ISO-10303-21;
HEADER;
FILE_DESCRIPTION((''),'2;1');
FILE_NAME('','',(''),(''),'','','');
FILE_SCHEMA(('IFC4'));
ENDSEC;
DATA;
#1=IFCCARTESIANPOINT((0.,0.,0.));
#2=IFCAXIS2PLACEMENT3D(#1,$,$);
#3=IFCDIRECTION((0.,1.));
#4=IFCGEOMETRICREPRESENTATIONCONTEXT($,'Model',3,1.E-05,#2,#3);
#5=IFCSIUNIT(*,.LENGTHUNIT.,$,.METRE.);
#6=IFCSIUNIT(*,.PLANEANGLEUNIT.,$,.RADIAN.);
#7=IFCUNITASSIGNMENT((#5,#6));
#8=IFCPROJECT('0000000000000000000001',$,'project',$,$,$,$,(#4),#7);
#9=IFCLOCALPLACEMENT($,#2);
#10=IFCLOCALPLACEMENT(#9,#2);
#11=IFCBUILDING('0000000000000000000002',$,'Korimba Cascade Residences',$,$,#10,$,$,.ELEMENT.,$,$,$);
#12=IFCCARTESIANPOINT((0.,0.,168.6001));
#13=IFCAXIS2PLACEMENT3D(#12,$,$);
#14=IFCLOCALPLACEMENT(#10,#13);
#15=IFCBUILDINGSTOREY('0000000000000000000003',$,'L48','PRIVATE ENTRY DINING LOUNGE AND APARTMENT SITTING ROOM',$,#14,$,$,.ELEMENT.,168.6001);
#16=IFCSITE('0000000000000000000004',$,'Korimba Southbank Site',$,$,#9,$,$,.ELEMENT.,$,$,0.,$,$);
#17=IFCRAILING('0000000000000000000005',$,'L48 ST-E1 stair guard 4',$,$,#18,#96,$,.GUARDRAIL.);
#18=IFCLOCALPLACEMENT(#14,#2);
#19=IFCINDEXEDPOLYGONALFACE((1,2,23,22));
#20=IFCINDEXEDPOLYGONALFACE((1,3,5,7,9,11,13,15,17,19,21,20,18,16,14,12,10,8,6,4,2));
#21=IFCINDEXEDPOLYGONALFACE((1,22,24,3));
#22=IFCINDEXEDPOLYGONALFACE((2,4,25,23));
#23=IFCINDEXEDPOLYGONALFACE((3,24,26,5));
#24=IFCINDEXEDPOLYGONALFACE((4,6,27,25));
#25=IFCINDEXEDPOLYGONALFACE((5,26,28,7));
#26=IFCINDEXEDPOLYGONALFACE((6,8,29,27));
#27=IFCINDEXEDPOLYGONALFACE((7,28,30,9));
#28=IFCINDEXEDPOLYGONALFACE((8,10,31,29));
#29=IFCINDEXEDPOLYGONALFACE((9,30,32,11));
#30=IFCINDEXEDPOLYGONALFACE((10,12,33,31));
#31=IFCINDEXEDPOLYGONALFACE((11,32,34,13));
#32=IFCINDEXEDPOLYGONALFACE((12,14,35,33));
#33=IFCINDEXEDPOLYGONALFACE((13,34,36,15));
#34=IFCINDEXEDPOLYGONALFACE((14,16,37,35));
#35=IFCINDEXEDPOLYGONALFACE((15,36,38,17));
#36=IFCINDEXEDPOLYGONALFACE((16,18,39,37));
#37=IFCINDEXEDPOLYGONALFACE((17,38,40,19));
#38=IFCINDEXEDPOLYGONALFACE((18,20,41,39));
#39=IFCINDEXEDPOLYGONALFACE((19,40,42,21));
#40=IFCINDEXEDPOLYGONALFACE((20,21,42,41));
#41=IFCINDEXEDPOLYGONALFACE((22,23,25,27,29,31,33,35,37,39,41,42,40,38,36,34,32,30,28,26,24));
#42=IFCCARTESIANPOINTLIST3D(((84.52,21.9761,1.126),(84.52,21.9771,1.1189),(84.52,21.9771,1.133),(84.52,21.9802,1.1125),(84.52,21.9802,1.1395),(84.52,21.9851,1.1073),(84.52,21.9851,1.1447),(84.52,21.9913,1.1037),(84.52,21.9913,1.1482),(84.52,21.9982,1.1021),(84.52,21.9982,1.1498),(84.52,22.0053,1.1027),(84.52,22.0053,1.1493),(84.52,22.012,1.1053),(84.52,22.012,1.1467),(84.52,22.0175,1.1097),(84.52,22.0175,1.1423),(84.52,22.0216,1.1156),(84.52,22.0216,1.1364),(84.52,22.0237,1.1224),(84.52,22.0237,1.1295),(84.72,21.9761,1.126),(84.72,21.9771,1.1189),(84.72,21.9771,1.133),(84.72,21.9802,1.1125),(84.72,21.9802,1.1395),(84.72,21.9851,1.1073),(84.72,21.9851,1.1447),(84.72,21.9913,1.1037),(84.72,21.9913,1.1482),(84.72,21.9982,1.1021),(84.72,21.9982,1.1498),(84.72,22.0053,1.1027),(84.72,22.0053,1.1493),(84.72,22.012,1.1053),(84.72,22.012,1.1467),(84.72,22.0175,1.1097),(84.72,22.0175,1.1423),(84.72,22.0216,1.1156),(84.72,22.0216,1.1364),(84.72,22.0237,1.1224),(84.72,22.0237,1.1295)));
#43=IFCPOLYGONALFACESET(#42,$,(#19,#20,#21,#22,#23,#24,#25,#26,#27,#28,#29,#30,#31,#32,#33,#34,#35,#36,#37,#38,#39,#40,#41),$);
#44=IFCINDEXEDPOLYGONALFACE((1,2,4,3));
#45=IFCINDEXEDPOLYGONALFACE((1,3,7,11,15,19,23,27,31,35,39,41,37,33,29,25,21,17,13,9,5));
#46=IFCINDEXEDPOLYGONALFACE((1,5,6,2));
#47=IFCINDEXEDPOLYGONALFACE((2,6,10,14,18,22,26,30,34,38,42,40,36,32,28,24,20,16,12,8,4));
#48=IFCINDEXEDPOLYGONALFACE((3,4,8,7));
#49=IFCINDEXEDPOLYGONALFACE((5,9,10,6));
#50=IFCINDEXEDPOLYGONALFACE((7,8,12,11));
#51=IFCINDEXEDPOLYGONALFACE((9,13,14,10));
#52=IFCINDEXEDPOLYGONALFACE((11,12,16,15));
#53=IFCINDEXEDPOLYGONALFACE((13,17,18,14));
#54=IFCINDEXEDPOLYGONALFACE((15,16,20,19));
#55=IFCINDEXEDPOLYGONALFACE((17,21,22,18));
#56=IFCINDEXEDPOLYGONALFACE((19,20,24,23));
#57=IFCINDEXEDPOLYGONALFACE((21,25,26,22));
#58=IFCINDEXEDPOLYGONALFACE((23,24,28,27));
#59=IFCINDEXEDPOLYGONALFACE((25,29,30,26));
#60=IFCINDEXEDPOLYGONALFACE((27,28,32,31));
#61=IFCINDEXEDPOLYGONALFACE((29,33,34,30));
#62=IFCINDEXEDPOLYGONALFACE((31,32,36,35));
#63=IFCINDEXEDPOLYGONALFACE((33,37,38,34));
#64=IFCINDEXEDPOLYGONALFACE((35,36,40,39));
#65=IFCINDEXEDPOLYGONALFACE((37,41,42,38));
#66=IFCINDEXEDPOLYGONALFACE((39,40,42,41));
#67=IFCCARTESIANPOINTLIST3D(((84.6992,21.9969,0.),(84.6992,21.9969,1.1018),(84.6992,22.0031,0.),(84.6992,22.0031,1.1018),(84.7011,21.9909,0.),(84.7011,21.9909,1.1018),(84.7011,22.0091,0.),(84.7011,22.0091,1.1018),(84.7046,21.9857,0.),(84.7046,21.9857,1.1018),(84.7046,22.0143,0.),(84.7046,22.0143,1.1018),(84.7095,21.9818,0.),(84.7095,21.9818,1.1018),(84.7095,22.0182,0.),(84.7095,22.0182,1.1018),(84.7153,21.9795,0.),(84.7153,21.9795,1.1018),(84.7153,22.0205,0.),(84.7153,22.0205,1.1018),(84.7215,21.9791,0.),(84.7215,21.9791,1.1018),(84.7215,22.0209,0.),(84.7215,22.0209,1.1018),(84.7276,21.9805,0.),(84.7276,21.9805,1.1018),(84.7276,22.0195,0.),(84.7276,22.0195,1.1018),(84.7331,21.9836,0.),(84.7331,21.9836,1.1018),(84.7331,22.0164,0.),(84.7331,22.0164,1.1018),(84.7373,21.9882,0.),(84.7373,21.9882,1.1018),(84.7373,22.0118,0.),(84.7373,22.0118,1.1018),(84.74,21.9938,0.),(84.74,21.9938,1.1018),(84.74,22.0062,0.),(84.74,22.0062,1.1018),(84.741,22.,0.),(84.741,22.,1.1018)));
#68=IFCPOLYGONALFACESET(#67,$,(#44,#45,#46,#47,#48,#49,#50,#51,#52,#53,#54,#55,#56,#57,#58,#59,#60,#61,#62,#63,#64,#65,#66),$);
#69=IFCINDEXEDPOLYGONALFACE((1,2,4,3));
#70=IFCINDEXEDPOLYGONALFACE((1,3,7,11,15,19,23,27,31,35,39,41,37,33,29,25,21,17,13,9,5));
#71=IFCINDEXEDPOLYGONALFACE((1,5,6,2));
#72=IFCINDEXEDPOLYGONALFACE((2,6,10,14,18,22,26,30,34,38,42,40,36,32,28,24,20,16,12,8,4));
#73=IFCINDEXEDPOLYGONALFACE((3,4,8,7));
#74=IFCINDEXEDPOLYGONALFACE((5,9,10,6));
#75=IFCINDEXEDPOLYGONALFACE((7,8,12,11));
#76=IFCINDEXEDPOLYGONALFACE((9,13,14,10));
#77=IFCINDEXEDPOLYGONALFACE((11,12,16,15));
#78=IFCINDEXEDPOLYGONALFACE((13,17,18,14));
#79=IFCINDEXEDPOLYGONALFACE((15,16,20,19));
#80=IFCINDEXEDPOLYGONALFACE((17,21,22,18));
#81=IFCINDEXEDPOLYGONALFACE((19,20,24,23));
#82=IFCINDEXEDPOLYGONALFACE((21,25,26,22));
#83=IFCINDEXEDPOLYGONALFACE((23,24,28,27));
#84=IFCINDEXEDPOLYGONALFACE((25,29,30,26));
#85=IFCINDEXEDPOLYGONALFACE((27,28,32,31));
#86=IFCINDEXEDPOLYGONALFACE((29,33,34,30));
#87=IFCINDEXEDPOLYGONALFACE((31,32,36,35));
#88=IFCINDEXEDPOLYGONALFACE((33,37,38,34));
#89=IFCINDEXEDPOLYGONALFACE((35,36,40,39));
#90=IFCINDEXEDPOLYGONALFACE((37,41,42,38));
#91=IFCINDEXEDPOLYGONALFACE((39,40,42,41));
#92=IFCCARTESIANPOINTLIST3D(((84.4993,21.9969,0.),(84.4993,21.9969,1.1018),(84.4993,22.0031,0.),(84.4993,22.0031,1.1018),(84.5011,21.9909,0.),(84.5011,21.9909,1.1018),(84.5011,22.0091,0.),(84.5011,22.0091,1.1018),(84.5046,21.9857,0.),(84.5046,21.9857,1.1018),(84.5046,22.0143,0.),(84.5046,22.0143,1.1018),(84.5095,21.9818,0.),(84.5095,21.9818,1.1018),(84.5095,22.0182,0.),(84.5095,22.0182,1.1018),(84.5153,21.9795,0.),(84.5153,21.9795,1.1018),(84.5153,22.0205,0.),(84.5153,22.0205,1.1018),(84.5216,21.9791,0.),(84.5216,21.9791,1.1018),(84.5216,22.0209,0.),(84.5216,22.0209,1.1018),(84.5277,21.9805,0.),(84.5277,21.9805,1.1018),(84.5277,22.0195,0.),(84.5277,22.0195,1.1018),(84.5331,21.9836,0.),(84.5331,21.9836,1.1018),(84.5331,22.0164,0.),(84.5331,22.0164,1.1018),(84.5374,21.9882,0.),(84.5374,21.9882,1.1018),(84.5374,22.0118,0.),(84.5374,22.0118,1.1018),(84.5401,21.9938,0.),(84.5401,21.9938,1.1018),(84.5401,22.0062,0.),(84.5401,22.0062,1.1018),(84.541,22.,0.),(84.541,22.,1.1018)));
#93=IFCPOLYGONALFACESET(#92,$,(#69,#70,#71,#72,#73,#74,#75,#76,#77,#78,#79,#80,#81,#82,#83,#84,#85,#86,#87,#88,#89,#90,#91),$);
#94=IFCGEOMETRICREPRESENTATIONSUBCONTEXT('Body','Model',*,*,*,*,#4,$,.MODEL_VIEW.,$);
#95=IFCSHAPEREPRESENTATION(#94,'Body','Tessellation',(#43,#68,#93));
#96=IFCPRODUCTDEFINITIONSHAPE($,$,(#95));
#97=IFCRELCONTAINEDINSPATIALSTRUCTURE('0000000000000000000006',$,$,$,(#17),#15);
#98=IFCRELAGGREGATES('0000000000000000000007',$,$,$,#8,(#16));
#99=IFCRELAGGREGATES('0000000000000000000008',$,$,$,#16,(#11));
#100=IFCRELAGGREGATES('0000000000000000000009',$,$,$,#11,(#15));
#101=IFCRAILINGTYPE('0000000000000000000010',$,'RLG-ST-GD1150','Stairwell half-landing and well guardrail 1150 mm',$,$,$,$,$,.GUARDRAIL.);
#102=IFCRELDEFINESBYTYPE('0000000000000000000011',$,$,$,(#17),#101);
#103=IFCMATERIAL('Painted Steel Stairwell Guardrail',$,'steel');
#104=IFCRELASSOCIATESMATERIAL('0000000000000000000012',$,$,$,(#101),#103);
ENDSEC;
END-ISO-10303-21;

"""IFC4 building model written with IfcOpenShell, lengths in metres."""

from ifc_helpers import new_model, si_unit, direction, frame, origin, origin_2d, place, context, subcontext, project, spatial, circle, extrude, material, type_object, element, save


model = new_model("IFC4")

# Units and contexts
model_context = context("Model", 3, precision=1e-05, world=origin(), true_north=direction((0.0, 1.0)))
body_context = subcontext(model_context, "Body", "Model", "MODEL_VIEW")
ifc_project = project(units=[si_unit("LENGTHUNIT", "METRE"), si_unit("PLANEANGLEUNIT", "RADIAN")], contexts=[model_context])

# Site, building, storey
site_placement = place(None, origin())
site = spatial("IfcSite", under=ifc_project, at=site_placement, Name="Korimba Southbank Site", CompositionType="ELEMENT", RefElevation=0.0)
building_placement = place(site_placement, origin())
building = spatial("IfcBuilding", under=site, at=building_placement, Name="Korimba Cascade Residences", CompositionType="ELEMENT")
storey_placement = place(building_placement, frame((0.0, 0.0, 168.6001)))
storey = spatial("IfcBuildingStorey", under=building, at=storey_placement, Name="L48", Description="PRIVATE ENTRY DINING LOUNGE AND APARTMENT SITTING ROOM", CompositionType="ELEMENT", Elevation=168.6001)

# Railing
ifc_material_1 = material(Name="Painted Steel Stairwell Guardrail", Category="steel")
railing_type_1 = type_object("IfcRailingType", Name="RLG-ST-GD1150", Description="Stairwell half-landing and well guardrail 1150 mm", PredefinedType="GUARDRAIL", material=ifc_material_1)
railing_1_placement = place(storey_placement, frame((84.72, 22.0, 0.0)))
element("IfcRailing", 1, at=railing_1_placement, inside=storey, type_object=railing_type_1, Name="L48 ST-E1 stair guard 4", PredefinedType="GUARDRAIL", context=body_context, shape_type="SweptSolid", body=[
    extrude(circle(Radius=0.0239, at=origin_2d()), frame((0.0, 0.0, 1.126), z_axis=(-1.0, 0.0, 0.0), x_axis=(0.0, -1.0, 0.0)), (0.0, 0.0, 1.0), 0.2),
    extrude(circle(Radius=0.021, at=origin_2d()), origin(), (0.0, 0.0, 1.0), 1.1018),
    extrude(circle(Radius=0.021, at=origin_2d()), frame((-0.2, 0.0, 0.0)), (0.0, 0.0, 1.0), 1.1018),
])

save(model, "model.ifc")
